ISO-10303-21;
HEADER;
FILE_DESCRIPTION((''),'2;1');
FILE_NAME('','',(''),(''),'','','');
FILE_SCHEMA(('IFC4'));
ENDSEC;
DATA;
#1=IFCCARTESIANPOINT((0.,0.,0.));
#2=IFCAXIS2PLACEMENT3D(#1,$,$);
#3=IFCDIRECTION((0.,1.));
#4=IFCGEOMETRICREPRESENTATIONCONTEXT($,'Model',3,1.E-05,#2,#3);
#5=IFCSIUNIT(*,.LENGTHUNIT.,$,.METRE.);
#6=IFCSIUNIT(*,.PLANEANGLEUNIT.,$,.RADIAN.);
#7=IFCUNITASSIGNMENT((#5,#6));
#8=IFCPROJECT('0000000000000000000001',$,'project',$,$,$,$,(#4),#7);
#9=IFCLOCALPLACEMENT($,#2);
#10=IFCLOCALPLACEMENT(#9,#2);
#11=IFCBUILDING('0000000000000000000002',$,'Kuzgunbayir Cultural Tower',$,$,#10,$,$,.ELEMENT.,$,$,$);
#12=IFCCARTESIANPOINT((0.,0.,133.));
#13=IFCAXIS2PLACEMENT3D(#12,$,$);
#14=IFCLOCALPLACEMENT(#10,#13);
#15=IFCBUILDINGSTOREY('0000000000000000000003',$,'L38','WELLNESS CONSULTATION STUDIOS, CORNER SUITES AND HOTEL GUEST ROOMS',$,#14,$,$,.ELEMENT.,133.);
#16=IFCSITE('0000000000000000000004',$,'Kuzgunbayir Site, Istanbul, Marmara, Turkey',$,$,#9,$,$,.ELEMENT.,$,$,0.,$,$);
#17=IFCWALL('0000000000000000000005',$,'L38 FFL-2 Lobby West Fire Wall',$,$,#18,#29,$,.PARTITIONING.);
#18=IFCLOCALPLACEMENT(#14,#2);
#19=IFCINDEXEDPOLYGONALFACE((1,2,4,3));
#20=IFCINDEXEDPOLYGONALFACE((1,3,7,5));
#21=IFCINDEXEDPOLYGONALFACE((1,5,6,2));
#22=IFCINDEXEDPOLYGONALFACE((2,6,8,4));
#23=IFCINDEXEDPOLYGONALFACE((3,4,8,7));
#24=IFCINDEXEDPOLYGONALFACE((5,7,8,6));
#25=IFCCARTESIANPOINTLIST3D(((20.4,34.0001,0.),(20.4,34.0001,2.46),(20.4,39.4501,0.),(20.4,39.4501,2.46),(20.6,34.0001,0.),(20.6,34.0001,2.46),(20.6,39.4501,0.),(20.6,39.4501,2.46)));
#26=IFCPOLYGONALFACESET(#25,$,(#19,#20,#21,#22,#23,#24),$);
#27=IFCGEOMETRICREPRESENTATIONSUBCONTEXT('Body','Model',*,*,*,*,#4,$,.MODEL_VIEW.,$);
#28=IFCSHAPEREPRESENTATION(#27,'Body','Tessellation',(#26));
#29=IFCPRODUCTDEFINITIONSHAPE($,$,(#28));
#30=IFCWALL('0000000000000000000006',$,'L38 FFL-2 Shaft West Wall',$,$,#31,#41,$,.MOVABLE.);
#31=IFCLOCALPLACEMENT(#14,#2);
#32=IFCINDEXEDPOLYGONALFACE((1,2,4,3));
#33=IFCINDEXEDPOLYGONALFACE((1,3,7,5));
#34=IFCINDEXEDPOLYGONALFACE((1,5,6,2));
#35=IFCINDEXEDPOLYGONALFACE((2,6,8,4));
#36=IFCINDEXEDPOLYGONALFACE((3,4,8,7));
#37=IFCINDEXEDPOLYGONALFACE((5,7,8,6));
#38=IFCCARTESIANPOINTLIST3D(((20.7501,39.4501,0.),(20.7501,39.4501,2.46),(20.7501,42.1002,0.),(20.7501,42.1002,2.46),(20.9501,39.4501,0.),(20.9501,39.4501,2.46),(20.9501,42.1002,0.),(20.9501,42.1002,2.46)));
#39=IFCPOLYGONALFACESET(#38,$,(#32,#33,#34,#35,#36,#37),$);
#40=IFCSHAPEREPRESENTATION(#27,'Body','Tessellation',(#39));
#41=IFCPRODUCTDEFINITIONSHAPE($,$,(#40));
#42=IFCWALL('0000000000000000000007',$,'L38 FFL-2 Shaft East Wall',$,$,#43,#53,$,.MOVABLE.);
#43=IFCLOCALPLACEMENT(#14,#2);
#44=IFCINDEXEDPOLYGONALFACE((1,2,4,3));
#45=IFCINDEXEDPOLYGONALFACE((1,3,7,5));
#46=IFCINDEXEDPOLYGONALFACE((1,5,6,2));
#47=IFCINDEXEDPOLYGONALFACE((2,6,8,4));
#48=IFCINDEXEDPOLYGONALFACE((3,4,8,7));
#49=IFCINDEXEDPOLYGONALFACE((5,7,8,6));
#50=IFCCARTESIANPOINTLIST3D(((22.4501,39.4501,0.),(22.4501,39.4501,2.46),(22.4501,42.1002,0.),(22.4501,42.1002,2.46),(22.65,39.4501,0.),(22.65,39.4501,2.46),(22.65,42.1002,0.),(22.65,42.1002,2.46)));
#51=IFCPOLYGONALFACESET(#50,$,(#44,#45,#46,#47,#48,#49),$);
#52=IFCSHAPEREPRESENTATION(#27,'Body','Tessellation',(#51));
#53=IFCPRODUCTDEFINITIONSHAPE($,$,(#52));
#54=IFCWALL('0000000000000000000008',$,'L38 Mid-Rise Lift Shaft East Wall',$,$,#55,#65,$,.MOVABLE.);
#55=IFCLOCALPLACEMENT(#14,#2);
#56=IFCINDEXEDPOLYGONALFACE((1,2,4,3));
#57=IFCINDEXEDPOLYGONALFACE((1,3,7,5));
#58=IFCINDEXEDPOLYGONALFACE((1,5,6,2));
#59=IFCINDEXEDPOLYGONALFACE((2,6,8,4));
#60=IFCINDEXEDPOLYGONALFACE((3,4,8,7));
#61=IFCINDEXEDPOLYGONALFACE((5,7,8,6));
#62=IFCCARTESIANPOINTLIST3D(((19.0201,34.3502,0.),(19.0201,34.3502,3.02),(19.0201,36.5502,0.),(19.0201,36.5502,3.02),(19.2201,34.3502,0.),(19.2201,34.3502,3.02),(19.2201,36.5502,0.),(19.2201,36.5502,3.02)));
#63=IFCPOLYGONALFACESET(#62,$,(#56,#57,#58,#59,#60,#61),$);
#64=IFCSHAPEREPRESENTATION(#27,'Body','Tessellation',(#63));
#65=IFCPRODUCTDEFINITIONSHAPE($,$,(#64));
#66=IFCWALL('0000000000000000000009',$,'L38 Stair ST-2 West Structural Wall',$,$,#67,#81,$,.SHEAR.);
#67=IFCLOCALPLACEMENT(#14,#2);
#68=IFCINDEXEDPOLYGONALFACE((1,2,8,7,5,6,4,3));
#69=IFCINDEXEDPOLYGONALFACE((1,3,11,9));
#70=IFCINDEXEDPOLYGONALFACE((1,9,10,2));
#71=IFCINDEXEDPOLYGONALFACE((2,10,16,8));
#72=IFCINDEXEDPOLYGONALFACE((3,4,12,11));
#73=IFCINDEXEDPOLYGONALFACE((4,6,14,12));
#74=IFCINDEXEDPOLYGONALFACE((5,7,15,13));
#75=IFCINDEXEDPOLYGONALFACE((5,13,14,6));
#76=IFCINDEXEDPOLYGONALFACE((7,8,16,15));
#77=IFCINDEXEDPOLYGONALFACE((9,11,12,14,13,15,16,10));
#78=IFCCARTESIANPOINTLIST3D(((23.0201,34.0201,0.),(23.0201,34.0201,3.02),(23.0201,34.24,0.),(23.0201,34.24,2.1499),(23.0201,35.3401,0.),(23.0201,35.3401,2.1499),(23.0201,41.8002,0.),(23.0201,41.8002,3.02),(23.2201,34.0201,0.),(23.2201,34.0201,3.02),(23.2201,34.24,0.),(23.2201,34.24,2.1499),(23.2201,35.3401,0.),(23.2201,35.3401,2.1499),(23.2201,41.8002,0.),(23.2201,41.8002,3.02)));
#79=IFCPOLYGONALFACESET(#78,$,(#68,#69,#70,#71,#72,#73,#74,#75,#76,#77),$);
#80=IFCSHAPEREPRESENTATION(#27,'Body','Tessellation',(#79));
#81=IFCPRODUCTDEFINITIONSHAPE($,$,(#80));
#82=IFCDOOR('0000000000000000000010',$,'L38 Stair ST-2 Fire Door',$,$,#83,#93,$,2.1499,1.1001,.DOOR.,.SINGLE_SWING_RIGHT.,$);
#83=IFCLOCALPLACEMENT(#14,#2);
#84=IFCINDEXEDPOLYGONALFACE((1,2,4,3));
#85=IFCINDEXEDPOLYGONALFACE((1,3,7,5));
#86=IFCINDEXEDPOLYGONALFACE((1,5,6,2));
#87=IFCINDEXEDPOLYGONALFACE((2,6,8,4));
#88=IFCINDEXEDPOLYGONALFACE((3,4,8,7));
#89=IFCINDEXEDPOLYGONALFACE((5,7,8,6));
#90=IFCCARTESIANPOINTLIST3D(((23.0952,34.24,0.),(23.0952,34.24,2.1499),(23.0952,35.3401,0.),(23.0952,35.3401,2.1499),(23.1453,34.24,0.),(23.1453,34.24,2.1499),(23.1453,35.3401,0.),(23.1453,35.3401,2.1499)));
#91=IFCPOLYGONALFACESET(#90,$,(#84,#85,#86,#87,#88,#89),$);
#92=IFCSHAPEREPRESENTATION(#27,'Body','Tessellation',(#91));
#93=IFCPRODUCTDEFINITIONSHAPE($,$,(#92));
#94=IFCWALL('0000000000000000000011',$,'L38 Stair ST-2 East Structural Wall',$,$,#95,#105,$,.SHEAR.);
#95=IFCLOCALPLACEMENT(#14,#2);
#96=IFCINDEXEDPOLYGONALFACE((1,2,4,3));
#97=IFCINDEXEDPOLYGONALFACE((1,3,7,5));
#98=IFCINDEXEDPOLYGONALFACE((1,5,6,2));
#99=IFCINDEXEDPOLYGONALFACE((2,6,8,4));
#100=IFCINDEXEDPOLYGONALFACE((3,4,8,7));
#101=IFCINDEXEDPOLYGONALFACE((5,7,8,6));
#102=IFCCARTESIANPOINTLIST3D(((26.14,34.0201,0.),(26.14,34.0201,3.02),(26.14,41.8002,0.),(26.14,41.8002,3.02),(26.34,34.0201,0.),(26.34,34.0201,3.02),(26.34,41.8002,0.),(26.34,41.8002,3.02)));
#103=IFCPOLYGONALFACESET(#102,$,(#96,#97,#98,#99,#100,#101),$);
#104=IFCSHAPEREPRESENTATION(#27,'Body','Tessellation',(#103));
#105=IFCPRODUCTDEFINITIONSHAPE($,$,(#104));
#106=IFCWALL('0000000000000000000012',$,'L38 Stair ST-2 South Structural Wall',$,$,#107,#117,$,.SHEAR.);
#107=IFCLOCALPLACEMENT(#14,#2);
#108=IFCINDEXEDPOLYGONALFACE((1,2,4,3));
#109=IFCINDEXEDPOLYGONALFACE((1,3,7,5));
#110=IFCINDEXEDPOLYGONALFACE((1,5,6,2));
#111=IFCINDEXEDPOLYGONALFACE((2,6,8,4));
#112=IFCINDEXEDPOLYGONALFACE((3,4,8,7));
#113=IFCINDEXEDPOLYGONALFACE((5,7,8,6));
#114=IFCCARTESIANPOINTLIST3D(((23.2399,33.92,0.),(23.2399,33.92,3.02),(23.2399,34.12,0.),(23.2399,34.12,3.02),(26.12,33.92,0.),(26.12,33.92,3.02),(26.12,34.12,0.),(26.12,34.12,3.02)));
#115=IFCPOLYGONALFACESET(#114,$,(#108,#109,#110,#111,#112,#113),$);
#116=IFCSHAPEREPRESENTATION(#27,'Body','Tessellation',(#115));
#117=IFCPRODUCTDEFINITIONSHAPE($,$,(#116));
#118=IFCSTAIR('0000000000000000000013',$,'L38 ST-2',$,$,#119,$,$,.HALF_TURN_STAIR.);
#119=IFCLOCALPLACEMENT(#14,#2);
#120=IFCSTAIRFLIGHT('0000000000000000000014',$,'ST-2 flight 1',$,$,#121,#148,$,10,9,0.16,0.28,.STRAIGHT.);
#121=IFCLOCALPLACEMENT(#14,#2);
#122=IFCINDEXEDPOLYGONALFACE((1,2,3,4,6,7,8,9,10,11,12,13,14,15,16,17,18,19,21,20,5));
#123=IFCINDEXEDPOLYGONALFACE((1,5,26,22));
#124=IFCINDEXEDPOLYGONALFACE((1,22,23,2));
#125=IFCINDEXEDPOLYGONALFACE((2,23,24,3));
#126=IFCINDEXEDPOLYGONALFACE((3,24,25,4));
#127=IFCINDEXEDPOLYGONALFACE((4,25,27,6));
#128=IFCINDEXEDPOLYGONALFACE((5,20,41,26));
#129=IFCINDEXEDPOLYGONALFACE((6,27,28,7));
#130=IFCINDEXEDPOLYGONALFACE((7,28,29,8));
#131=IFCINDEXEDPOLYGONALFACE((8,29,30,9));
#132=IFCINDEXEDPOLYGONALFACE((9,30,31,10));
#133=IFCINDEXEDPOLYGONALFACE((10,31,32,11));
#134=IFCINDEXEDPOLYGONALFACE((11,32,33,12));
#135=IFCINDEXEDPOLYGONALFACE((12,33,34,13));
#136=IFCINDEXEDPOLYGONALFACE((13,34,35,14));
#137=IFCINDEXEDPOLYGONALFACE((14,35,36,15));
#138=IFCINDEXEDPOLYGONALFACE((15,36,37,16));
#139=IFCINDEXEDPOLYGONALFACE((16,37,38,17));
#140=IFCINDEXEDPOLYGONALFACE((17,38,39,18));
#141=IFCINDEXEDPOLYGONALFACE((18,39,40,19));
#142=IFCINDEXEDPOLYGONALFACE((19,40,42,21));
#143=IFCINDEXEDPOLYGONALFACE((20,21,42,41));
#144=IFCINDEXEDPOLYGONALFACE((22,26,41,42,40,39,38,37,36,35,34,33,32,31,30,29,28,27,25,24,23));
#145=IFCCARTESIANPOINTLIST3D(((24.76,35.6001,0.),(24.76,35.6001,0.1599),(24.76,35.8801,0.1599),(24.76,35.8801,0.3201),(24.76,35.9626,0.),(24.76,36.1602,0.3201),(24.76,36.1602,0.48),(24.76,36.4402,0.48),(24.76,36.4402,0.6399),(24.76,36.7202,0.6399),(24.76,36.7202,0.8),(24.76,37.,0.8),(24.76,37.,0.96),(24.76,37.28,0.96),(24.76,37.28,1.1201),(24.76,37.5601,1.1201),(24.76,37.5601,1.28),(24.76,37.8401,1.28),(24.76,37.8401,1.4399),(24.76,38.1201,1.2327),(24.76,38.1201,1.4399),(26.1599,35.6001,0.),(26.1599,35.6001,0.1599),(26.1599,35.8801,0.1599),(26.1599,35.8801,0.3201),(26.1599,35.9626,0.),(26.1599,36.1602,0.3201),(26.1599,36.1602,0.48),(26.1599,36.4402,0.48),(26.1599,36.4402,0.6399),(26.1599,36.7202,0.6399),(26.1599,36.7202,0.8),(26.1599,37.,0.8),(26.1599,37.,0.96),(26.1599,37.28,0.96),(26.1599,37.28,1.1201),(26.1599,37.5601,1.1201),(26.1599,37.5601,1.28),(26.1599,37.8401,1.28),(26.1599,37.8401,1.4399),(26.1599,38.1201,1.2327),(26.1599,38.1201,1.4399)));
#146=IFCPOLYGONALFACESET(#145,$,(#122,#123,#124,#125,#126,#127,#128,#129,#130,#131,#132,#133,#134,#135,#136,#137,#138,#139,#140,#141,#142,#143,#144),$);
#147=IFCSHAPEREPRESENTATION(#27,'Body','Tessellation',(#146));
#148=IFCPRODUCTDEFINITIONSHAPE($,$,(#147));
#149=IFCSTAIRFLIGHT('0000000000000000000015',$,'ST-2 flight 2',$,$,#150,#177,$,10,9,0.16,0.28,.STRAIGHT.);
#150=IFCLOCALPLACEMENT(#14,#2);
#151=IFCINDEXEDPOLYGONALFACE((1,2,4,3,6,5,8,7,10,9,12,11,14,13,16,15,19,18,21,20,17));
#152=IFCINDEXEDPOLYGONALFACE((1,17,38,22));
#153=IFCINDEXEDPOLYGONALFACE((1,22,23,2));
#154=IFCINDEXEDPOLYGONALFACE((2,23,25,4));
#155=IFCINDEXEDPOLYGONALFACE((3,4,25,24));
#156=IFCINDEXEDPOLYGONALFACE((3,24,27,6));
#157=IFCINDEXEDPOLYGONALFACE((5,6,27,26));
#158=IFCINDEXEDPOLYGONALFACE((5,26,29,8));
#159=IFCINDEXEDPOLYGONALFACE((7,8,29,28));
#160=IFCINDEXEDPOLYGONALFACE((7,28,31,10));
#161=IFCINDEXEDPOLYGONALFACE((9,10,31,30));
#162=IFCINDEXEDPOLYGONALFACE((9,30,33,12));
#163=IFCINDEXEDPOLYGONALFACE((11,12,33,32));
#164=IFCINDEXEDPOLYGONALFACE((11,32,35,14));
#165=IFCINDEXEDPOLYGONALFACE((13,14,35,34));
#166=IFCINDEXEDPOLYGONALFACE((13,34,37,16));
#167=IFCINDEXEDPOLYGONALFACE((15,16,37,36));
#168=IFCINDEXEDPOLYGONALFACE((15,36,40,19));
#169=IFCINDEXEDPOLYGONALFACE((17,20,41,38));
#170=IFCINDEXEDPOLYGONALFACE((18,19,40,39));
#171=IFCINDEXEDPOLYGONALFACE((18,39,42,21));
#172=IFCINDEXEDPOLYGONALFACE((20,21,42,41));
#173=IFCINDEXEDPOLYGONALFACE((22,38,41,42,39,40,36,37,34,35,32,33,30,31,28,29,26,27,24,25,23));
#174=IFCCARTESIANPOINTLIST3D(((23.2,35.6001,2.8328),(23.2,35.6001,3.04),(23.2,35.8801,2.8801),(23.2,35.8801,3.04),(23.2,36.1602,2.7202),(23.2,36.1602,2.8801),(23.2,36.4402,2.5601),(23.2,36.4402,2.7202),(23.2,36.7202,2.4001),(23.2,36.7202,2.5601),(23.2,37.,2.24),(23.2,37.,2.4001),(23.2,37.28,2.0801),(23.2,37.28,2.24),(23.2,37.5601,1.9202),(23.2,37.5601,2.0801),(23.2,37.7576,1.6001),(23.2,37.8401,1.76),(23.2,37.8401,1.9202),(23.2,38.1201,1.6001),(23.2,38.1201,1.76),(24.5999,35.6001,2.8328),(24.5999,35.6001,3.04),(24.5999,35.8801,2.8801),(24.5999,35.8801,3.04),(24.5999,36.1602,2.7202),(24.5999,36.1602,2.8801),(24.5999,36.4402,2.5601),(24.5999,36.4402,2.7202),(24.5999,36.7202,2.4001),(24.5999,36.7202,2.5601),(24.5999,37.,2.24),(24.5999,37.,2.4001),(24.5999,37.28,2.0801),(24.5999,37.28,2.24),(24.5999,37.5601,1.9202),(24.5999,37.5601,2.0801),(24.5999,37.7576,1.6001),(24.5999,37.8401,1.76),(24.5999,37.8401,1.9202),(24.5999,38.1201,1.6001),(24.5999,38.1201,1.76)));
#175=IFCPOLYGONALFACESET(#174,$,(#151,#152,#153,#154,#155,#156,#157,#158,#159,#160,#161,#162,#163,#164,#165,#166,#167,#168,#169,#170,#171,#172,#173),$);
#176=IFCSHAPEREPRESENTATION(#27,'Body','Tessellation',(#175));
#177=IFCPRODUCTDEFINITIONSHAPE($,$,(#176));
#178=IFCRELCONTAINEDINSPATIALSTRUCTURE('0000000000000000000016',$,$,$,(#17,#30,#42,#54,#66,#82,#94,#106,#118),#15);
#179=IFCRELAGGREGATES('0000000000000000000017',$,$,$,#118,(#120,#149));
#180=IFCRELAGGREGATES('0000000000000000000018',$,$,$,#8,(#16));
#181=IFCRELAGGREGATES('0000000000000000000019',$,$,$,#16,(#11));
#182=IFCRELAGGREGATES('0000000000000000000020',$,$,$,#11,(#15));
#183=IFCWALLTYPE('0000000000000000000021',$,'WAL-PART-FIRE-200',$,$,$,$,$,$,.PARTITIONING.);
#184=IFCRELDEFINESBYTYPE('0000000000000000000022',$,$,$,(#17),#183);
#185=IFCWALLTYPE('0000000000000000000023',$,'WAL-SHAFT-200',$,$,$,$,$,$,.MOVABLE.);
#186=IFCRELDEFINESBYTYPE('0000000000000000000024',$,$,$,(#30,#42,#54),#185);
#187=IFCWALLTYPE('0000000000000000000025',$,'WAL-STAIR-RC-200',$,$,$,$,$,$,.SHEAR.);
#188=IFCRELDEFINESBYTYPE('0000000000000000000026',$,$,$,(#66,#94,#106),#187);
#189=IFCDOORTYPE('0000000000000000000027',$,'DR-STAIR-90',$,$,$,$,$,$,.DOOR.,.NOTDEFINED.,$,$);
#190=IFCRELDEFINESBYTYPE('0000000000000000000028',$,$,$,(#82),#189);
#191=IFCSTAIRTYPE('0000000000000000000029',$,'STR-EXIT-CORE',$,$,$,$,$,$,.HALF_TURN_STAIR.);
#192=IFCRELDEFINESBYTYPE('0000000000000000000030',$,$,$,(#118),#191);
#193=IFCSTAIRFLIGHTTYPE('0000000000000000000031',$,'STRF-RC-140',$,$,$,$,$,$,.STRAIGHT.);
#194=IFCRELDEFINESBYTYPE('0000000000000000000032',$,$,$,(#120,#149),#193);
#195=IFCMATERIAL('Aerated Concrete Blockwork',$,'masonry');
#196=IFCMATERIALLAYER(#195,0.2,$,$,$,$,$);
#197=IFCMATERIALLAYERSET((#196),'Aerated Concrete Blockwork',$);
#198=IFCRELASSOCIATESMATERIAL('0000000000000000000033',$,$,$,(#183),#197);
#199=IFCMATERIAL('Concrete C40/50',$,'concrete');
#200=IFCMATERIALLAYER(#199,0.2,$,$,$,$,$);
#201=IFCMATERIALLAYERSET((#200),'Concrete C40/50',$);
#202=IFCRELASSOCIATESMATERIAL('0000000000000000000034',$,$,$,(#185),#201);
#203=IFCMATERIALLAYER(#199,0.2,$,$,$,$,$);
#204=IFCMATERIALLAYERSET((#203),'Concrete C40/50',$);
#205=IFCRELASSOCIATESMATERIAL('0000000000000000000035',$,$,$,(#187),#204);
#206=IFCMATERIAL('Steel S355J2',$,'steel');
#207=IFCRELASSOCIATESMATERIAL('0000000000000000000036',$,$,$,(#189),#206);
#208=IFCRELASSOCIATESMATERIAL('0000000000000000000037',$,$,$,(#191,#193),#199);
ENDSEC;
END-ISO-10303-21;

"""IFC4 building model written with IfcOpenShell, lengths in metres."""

from ifc_helpers import new_model, si_unit, direction, frame, frame_2d, origin, place, context, subcontext, project, spatial, polyline, rectangle, outline, extrude, material, layer, layer_set, type_object, element, fill, aggregate, save


model = new_model("IFC4")

# Units and contexts
model_context = context("Model", 3, precision=1e-05, world=origin(), true_north=direction((0.0, 1.0)))
body_context = subcontext(model_context, "Body", "Model", "MODEL_VIEW")
ifc_project = project(units=[si_unit("LENGTHUNIT", "METRE"), si_unit("PLANEANGLEUNIT", "RADIAN")], contexts=[model_context])

# Site, building, storey
site_placement = place(None, origin())
site = spatial("IfcSite", under=ifc_project, at=site_placement, Name="Kuzgunbayir Site, Istanbul, Marmara, Turkey", CompositionType="ELEMENT", RefElevation=0.0)
building_placement = place(site_placement, origin())
building = spatial("IfcBuilding", under=site, at=building_placement, Name="Kuzgunbayir Cultural Tower", CompositionType="ELEMENT")
storey_placement = place(building_placement, frame((0.0, 0.0, 133.0)))
storey = spatial("IfcBuildingStorey", under=building, at=storey_placement, Name="L38", Description="WELLNESS CONSULTATION STUDIOS, CORNER SUITES AND HOTEL GUEST ROOMS", CompositionType="ELEMENT", Elevation=133.0)

# Shared definitions
ifc_material_1 = material(Name="Steel S355J2", Category="steel")

# Wall
ifc_material_2 = material(Name="Aerated Concrete Blockwork", Category="masonry")
ifc_layer_1 = layer(ifc_material_2, 0.2)
ifc_layer_set_1 = layer_set([ifc_layer_1], Name="Aerated Concrete Blockwork")
wall_type_1 = type_object("IfcWallType", Name="WAL-PART-FIRE-200", PredefinedType="PARTITIONING", material=ifc_layer_set_1)
wall_1_placement = place(storey_placement, frame((20.5, 34.0, 0.0), z_axis=(0.0, 0.0, 1.0), x_axis=(0.0, 1.0, 0.0)))
element("IfcWall", 1, at=wall_1_placement, inside=storey, type_object=wall_type_1, Name="L38 FFL-2 Lobby West Fire Wall", PredefinedType="PARTITIONING", context=body_context, shape_type="SweptSolid", body=[
    extrude(rectangle(XDim=5.45, YDim=0.2, at=frame_2d((2.7251, 0.0))), origin(), (0.0, 0.0, 1.0), 2.46),
])

# Shared definitions
ifc_material_3 = material(Name="Concrete C40/50", Category="concrete")
ifc_layer_2 = layer(ifc_material_3, 0.2)
ifc_layer_set_2 = layer_set([ifc_layer_2], Name="Concrete C40/50")
wall_type_2 = type_object("IfcWallType", Name="WAL-SHAFT-200", PredefinedType="MOVABLE", material=ifc_layer_set_2)

# Walls
for number, where, z_axis, x_axis, name in (
    (2, (20.8501, 39.45, 0.0), (0.0, 0.0, 1.0), (0.0, 1.0, 0.0), "L38 FFL-2 Shaft West Wall"),
    (3, (22.55, 39.45, 0.0), (0.0, 0.0, 1.0), (0.0, 1.0, 0.0), "L38 FFL-2 Shaft East Wall"),
):
    element("IfcWall", number, at=place(storey_placement, frame(where, z_axis=z_axis, x_axis=x_axis)), inside=storey, type_object=wall_type_2, Name=name, PredefinedType="MOVABLE", context=body_context, shape_type="SweptSolid", body=[
        extrude(rectangle(XDim=2.6501, YDim=0.2, at=frame_2d((1.3252, 0.0))), origin(), (0.0, 0.0, 1.0), 2.46),
    ])
wall_2_placement = place(storey_placement, frame((19.1201, 34.3501, 0.0), z_axis=(0.0, 0.0, 1.0), x_axis=(0.0, 1.0, 0.0)))
element("IfcWall", 4, at=wall_2_placement, inside=storey, type_object=wall_type_2, Name="L38 Mid-Rise Lift Shaft East Wall", PredefinedType="MOVABLE", context=body_context, shape_type="SweptSolid", body=[
    extrude(rectangle(XDim=2.2, YDim=0.2, at=frame_2d((1.1001, 0.0))), origin(), (0.0, 0.0, 1.0), 3.02),
])

# Wall, opening, door
ifc_layer_3 = layer(ifc_material_3, 0.2)
ifc_layer_set_3 = layer_set([ifc_layer_3], Name="Concrete C40/50")
wall_type_3 = type_object("IfcWallType", Name="WAL-STAIR-RC-200", PredefinedType="SHEAR", material=ifc_layer_set_3)
wall_3_placement = place(storey_placement, frame((23.1201, 34.02, 0.0), z_axis=(0.0, 0.0, 1.0), x_axis=(0.0, 1.0, 0.0)))
wall_3 = element("IfcWall", 5, at=wall_3_placement, inside=storey, type_object=wall_type_3, Name="L38 Stair ST-2 West Structural Wall", PredefinedType="SHEAR", context=body_context, shape_type="SweptSolid", body=[
    extrude(rectangle(XDim=7.78, YDim=0.2, at=frame_2d((3.8901, 0.0))), origin(), (0.0, 0.0, 1.0), 3.02),
])
opening_1_placement = place(wall_3_placement, frame((0.22, 0.0, 0.0)))
opening_1 = element("IfcOpeningElement", 6, at=opening_1_placement, cuts=wall_3, PredefinedType="OPENING", context=body_context, shape_type="SweptSolid", body=[
    extrude(rectangle(XDim=1.1001, YDim=2.1499, at=frame_2d((0.55, 1.075))), frame((0.0, 0.1099, 0.0), z_axis=(0.0, -1.0, 0.0), x_axis=(1.0, 0.0, 0.0)), (0.0, 0.0, 1.0), 0.22),
])
door_type_1 = type_object("IfcDoorType", Name="DR-STAIR-90", OperationType="NOTDEFINED", PredefinedType="DOOR", material=ifc_material_1)
door_1_placement = place(opening_1_placement, origin())
door_1 = element("IfcDoor", 7, at=door_1_placement, inside=storey, type_object=door_type_1, Name="L38 Stair ST-2 Fire Door", OperationType="SINGLE_SWING_RIGHT", OverallHeight=2.1499, OverallWidth=1.1001, PredefinedType="DOOR", context=body_context, shape_type="SweptSolid", body=[
    extrude(rectangle(XDim=1.1001, YDim=2.1499, at=frame_2d((0.55, 1.075))), frame((0.0, 0.0249, 0.0), z_axis=(0.0, -1.0, 0.0), x_axis=(1.0, 0.0, 0.0)), (0.0, 0.0, 1.0), 0.05),
])
fill(opening_1, door_1)

# Walls
wall_4_placement = place(storey_placement, frame((26.24, 34.02, 0.0), z_axis=(0.0, 0.0, 1.0), x_axis=(0.0, 1.0, 0.0)))
element("IfcWall", 8, at=wall_4_placement, inside=storey, type_object=wall_type_3, Name="L38 Stair ST-2 East Structural Wall", PredefinedType="SHEAR", context=body_context, shape_type="SweptSolid", body=[
    extrude(rectangle(XDim=7.78, YDim=0.2, at=frame_2d((3.8901, 0.0))), origin(), (0.0, 0.0, 1.0), 3.02),
])
wall_5_placement = place(storey_placement, frame((23.24, 34.02, 0.0), z_axis=(0.0, 0.0, 1.0), x_axis=(1.0, 0.0, 0.0)))
element("IfcWall", 9, at=wall_5_placement, inside=storey, type_object=wall_type_3, Name="L38 Stair ST-2 South Structural Wall", PredefinedType="SHEAR", context=body_context, shape_type="SweptSolid", body=[
    extrude(rectangle(XDim=2.8801, YDim=0.2, at=frame_2d((1.4399, 0.0))), origin(), (0.0, 0.0, 1.0), 3.02),
])

# Stair, stair flights
stair_type = type_object("IfcStairType", Name="STR-EXIT-CORE", PredefinedType="HALF_TURN_STAIR", material=ifc_material_3)
stair_placement = place(storey_placement, origin())
stair = element("IfcStair", 10, at=stair_placement, inside=storey, type_object=stair_type, Name="L38 ST-2", PredefinedType="HALF_TURN_STAIR")
stair_flight_type = type_object("IfcStairFlightType", Name="STRF-RC-140", PredefinedType="STRAIGHT", material=ifc_material_3)
stair_flight_1_placement = place(storey_placement, frame((25.46, 35.6001, 0.0), z_axis=(0.0, 0.0, 1.0), x_axis=(0.0, 1.0, 0.0)))
stair_flight_1 = element("IfcStairFlight", 11, at=stair_flight_1_placement, type_object=stair_flight_type, Name="ST-2 flight 1", NumberOfRisers=10, NumberOfTreads=9, PredefinedType="STRAIGHT", RiserHeight=0.16, TreadLength=0.28, context=body_context, shape_type="SweptSolid", body=[
    extrude(outline(polyline([(0.0, 0.0), (0.0, 0.1599), (0.28, 0.1599), (0.28, 0.3201), (0.5601, 0.3201), (0.5601, 0.48), (0.8401, 0.48), (0.8401, 0.6399), (1.1201, 0.6399), (1.1201, 0.8), (1.3999, 0.8), (1.3999, 0.96), (1.6799, 0.96), (1.6799, 1.1201), (1.96, 1.1201), (1.96, 1.28), (2.24, 1.28), (2.24, 1.4399), (2.52, 1.4399), (2.52, 1.6001), (2.52, 1.2327), (0.3625, 0.0), (0.0, 0.0)])), frame((0.0, 0.7, 0.0), z_axis=(0.0, -1.0, 0.0), x_axis=(1.0, 0.0, 0.0)), (0.0, 0.0, 1.0), 1.3999),
])
stair_flight_2_placement = place(storey_placement, frame((23.8999, 38.1201, 1.6001), z_axis=(0.0, 0.0, 1.0), x_axis=(0.0, -1.0, 0.0)))
stair_flight_2 = element("IfcStairFlight", 12, at=stair_flight_2_placement, type_object=stair_flight_type, Name="ST-2 flight 2", NumberOfRisers=10, NumberOfTreads=9, PredefinedType="STRAIGHT", RiserHeight=0.16, TreadLength=0.28, context=body_context, shape_type="SweptSolid", body=[
    extrude(outline(polyline([(0.0, 0.0), (0.0, 0.1599), (0.28, 0.1599), (0.28, 0.3201), (0.5601, 0.3201), (0.5601, 0.48), (0.8401, 0.48), (0.8401, 0.6399), (1.1201, 0.6399), (1.1201, 0.8), (1.3999, 0.8), (1.3999, 0.96), (1.6799, 0.96), (1.6799, 1.1201), (1.96, 1.1201), (1.96, 1.28), (2.24, 1.28), (2.24, 1.4399), (2.52, 1.4399), (2.52, 1.6001), (2.52, 1.2327), (0.3625, 0.0), (0.0, 0.0)])), frame((0.0, 0.7, 0.0), z_axis=(0.0, -1.0, 0.0), x_axis=(1.0, 0.0, 0.0)), (0.0, 0.0, 1.0), 1.3999),
])
aggregate(stair, [stair_flight_1, stair_flight_2])

save(model, "model.ifc")
